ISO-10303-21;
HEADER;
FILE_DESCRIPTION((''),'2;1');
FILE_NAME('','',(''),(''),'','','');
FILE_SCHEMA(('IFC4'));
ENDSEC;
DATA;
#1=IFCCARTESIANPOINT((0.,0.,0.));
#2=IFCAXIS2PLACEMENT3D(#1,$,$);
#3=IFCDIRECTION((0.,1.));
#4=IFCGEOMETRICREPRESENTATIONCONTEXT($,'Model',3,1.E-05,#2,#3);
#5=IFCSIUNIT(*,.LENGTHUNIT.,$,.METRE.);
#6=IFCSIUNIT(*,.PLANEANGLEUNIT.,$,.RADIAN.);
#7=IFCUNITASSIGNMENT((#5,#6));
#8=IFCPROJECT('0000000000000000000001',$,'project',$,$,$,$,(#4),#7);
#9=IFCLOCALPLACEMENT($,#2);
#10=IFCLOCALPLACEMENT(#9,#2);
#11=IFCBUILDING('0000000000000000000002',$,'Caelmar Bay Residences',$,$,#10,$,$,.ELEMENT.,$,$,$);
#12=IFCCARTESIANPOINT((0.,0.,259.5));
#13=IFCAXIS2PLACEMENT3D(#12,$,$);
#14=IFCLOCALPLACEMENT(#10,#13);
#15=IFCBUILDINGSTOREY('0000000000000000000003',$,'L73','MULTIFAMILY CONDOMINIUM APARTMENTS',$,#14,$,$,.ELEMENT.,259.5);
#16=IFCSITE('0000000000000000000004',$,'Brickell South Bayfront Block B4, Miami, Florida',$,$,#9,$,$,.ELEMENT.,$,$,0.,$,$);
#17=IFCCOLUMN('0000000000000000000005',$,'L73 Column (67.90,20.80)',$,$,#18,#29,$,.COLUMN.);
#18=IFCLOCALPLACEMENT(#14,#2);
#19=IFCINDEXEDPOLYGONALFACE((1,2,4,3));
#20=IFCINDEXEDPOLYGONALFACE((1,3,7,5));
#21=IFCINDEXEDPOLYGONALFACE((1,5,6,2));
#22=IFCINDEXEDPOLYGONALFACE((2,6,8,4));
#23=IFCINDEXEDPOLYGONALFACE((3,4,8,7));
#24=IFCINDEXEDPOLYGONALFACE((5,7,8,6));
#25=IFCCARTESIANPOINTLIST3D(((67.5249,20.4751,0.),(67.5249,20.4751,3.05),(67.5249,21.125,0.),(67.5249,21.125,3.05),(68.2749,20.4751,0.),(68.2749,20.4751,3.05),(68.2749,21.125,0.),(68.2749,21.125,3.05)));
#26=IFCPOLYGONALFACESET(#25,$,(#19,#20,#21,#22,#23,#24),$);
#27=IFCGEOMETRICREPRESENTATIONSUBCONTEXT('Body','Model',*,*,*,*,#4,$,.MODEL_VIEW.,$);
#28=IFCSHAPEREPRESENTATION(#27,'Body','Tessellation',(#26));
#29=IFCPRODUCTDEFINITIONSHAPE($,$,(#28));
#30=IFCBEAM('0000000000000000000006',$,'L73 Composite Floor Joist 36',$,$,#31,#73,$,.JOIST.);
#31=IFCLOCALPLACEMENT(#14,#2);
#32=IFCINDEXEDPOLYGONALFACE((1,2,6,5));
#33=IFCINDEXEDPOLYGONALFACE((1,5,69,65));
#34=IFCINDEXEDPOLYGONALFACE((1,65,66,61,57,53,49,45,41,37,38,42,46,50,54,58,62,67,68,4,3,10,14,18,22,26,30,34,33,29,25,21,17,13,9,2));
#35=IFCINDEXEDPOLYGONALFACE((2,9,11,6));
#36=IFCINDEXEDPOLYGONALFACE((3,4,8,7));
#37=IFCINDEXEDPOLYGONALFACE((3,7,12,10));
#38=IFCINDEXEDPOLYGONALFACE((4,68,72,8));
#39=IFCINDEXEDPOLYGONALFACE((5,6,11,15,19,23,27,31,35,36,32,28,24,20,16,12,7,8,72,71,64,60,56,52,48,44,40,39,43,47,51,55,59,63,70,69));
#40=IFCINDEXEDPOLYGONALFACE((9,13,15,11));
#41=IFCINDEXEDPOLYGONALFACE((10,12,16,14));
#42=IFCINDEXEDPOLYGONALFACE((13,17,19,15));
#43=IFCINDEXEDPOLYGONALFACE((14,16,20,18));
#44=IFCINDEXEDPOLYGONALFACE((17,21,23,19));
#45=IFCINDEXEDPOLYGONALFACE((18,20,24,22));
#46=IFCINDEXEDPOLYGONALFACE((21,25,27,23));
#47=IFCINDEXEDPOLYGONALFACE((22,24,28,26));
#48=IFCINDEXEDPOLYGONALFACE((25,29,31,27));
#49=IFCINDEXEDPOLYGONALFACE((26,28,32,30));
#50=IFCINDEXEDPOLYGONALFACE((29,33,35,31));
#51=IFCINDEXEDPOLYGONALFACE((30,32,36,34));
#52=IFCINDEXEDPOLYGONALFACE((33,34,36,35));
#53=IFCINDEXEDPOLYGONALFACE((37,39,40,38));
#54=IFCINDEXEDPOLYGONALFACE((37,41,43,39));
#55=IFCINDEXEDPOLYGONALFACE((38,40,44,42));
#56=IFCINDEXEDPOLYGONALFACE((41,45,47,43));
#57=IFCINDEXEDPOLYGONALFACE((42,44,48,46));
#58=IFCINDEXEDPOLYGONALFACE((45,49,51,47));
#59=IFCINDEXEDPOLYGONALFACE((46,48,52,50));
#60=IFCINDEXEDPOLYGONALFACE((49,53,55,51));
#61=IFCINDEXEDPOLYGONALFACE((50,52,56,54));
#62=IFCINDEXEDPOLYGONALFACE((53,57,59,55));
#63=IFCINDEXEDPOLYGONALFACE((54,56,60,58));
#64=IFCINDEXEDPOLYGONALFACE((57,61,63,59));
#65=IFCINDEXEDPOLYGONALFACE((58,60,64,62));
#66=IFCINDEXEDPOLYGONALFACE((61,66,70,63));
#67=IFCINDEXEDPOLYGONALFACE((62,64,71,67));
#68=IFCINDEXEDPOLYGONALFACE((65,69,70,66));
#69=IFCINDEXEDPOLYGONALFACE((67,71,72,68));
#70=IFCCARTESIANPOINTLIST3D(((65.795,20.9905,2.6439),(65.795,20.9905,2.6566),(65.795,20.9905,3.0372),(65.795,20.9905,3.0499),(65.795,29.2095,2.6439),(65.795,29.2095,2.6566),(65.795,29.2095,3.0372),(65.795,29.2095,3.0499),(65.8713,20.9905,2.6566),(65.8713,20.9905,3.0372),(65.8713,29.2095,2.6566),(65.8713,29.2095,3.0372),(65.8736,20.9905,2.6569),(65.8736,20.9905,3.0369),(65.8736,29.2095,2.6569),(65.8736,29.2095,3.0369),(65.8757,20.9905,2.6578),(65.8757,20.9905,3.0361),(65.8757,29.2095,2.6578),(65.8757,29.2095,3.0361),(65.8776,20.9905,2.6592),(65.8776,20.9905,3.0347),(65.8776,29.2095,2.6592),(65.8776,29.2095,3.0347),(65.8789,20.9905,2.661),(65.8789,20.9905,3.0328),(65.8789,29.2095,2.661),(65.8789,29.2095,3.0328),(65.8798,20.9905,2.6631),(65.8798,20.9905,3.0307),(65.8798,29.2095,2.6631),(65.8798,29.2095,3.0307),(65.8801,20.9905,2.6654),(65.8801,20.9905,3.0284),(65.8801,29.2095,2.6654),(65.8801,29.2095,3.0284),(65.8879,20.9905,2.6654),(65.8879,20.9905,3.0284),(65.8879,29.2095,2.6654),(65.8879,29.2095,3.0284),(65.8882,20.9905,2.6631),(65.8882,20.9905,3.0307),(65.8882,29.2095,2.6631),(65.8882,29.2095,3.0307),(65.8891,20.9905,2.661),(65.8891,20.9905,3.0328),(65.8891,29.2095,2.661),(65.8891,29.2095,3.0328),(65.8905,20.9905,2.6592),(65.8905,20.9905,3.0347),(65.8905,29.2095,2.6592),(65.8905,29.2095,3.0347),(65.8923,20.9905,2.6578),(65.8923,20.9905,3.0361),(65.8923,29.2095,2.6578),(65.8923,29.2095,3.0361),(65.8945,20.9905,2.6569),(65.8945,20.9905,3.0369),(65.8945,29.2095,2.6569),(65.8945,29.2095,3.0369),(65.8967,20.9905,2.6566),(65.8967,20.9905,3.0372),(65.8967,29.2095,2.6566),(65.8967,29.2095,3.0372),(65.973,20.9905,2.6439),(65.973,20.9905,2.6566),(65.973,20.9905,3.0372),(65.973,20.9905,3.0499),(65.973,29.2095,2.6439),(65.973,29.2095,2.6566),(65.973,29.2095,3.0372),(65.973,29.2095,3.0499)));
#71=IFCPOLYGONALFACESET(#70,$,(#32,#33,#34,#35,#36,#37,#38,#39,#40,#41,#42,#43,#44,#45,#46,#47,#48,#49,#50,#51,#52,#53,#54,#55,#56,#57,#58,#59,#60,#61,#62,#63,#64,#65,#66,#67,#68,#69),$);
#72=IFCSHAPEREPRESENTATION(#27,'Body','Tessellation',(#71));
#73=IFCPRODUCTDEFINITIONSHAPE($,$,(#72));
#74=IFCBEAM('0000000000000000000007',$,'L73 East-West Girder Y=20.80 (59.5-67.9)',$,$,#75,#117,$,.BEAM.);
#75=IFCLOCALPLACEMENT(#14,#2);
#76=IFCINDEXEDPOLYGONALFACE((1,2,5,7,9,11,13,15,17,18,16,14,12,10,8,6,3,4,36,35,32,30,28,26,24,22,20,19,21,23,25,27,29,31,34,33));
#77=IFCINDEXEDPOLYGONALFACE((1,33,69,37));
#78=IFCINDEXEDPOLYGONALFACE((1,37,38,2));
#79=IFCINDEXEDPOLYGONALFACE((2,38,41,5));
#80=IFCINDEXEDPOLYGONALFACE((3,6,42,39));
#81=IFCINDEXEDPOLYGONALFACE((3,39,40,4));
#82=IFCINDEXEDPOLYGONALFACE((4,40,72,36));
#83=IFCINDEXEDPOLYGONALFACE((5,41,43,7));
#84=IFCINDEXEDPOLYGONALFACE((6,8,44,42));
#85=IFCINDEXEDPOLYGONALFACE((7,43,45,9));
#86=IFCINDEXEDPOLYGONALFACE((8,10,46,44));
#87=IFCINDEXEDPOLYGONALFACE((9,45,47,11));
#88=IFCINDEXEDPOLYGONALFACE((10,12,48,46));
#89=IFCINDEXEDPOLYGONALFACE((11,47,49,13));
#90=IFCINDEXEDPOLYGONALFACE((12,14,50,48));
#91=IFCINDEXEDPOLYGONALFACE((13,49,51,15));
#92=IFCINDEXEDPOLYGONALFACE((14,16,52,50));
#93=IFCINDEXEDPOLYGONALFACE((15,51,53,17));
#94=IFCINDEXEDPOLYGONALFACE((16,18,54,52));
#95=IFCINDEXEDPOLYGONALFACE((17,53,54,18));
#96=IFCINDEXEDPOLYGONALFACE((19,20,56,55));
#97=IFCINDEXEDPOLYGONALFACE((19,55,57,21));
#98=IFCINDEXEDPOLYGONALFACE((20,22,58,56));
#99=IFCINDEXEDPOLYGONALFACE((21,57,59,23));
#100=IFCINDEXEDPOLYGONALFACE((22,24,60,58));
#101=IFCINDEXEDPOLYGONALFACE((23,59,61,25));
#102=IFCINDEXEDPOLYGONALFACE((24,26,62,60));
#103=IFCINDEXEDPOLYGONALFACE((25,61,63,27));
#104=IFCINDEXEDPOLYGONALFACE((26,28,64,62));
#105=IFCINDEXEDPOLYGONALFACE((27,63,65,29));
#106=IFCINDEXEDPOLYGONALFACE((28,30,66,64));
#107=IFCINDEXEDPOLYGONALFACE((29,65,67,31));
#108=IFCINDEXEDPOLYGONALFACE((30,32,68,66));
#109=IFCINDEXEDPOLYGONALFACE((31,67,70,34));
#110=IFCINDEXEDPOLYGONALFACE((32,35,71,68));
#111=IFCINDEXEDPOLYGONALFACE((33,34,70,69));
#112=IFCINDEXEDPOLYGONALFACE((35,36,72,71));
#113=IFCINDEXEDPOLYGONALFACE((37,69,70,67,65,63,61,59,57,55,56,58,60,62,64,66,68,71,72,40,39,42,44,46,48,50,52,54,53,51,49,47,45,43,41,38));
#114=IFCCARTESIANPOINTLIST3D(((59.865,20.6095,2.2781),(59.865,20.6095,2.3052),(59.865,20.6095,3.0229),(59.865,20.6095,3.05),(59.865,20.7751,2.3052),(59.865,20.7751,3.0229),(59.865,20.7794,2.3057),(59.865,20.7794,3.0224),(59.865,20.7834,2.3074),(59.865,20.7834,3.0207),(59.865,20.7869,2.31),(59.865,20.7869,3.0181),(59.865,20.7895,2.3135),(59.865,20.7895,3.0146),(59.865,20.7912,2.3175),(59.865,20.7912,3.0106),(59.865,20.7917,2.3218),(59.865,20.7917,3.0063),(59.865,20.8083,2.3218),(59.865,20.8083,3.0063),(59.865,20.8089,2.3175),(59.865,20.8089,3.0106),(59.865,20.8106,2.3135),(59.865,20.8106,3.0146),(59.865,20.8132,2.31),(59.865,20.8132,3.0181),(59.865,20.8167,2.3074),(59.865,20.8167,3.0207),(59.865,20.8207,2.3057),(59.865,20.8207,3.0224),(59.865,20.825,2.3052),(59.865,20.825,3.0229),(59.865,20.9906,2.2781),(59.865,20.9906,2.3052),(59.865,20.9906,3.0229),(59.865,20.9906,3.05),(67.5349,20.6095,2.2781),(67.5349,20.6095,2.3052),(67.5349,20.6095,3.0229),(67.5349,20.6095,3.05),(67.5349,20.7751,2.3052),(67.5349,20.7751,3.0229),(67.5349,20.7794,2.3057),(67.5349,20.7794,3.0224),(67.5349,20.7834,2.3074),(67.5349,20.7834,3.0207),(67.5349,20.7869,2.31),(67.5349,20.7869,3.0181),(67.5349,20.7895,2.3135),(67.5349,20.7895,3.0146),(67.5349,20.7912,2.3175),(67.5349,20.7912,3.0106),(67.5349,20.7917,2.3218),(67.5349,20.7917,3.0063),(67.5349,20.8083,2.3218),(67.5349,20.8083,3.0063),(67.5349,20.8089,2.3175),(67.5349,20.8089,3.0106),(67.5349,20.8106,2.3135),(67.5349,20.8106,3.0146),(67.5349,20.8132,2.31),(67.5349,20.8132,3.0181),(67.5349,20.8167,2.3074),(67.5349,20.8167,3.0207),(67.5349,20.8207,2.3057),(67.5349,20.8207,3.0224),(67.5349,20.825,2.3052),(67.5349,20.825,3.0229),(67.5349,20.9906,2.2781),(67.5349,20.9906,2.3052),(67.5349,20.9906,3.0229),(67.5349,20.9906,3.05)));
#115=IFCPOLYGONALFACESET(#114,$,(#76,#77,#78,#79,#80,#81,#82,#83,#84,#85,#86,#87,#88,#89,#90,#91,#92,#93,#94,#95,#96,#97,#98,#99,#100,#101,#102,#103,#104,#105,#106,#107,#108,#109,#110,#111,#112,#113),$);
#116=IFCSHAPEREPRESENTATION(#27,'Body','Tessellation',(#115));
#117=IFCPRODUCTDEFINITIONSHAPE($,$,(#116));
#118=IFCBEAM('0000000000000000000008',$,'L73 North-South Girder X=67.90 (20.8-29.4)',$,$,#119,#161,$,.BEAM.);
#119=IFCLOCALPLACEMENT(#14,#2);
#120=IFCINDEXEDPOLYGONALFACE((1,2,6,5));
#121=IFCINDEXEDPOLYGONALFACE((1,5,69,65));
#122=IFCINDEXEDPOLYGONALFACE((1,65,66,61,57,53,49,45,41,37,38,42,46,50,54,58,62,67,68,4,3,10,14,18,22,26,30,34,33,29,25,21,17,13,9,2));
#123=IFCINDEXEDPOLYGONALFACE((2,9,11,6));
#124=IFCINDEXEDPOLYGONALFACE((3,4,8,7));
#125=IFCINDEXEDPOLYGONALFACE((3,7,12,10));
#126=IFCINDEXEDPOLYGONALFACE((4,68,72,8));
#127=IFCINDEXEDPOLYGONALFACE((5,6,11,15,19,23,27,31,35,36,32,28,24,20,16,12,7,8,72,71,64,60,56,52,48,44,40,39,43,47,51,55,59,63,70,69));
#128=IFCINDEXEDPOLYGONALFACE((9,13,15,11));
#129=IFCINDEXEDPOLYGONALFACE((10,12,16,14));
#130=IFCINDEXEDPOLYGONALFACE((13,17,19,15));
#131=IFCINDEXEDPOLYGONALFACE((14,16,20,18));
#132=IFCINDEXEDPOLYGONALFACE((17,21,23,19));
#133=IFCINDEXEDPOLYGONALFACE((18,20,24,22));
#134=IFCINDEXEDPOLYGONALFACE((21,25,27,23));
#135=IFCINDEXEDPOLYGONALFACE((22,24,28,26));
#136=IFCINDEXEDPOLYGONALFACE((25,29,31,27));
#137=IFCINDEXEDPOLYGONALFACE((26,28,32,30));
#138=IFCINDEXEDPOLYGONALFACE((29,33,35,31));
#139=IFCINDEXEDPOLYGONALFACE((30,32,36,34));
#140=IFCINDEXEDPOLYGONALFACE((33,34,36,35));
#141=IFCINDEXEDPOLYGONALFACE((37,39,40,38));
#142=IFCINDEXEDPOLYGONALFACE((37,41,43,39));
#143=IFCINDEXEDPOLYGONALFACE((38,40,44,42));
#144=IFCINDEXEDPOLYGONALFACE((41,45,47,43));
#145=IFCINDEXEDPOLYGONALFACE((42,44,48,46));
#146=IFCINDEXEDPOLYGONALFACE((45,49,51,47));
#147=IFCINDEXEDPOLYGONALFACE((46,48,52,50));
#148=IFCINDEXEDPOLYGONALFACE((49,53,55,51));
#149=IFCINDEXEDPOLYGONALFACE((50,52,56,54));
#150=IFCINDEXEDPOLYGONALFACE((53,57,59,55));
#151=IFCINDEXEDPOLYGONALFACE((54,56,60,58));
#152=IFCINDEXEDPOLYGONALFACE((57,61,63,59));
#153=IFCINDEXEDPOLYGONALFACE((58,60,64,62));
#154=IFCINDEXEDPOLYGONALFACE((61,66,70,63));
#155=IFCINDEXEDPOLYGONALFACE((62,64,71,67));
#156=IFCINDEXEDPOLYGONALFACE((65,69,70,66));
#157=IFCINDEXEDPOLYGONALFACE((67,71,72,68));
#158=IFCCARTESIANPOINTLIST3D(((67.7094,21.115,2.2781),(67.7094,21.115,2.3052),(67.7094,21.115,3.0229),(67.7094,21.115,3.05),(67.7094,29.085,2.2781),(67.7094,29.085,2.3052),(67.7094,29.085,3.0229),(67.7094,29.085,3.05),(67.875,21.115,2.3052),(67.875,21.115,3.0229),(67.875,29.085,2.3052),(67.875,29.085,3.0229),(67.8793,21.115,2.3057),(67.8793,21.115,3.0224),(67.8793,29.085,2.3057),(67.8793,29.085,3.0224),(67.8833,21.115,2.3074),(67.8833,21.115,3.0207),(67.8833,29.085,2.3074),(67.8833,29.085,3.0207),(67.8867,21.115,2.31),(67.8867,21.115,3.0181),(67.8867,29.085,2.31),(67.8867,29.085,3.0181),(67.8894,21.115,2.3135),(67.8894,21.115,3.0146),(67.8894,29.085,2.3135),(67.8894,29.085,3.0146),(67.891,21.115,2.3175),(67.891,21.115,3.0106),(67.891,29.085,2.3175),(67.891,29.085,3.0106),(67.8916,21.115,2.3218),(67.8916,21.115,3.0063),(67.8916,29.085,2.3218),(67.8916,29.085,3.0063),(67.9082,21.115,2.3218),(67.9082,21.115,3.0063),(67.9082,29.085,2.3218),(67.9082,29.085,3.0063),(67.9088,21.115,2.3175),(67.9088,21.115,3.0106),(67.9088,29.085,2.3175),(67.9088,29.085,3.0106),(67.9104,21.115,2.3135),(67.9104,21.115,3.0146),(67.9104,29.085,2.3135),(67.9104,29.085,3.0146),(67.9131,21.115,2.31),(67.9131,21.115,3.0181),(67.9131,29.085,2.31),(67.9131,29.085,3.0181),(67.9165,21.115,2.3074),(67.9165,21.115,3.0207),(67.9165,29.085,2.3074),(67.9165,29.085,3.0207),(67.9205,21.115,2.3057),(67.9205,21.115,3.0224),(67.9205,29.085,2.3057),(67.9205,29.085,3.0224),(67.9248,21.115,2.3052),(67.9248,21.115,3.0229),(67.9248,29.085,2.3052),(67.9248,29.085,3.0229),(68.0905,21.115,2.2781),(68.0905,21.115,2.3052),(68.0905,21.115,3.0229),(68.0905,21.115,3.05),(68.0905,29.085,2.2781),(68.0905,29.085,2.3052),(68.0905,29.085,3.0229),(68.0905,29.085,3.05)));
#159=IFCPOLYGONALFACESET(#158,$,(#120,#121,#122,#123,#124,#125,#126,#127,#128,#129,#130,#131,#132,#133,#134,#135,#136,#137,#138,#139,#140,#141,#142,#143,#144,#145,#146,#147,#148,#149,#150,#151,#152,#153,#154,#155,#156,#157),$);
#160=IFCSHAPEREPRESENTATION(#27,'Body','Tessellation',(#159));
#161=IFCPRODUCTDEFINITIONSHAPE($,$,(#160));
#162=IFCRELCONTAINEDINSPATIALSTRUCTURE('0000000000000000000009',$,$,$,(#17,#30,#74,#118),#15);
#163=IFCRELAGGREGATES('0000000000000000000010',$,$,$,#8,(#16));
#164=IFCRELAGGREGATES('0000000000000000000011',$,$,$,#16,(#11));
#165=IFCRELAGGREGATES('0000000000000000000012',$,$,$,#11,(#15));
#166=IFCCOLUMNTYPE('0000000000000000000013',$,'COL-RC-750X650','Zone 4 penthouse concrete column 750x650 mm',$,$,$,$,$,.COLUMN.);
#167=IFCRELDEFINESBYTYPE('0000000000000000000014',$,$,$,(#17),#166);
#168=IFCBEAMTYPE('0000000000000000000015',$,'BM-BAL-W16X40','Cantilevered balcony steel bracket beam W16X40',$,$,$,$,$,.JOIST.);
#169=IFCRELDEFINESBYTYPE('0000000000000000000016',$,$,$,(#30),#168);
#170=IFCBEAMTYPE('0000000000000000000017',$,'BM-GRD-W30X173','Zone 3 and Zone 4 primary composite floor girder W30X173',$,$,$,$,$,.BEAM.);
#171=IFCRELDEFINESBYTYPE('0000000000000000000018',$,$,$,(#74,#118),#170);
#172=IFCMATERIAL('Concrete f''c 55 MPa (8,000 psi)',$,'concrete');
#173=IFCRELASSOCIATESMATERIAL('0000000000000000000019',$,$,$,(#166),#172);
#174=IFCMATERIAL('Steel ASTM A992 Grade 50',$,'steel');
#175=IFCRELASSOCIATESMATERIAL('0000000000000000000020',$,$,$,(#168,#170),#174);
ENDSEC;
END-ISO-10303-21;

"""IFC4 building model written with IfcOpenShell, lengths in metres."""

from ifc_helpers import new_model, si_unit, direction, frame, origin, origin_2d, place, context, subcontext, project, spatial, rectangle, i_section, extrude, material, material_profile, profile_set, type_object, element, save


model = new_model("IFC4")

# Units and contexts
model_context = context("Model", 3, precision=1e-05, world=origin(), true_north=direction((0.0, 1.0)))
body_context = subcontext(model_context, "Body", "Model", "MODEL_VIEW")
ifc_project = project(units=[si_unit("LENGTHUNIT", "METRE"), si_unit("PLANEANGLEUNIT", "RADIAN")], contexts=[model_context])

# Site, building, storey
site_placement = place(None, origin())
site = spatial("IfcSite", under=ifc_project, at=site_placement, Name="Brickell South Bayfront Block B4, Miami, Florida", CompositionType="ELEMENT", RefElevation=0.0)
building_placement = place(site_placement, origin())
building = spatial("IfcBuilding", under=site, at=building_placement, Name="Caelmar Bay Residences", CompositionType="ELEMENT")
storey_placement = place(building_placement, frame((0.0, 0.0, 259.5)))
storey = spatial("IfcBuildingStorey", under=building, at=storey_placement, Name="L73", Description="MULTIFAMILY CONDOMINIUM APARTMENTS", CompositionType="ELEMENT", Elevation=259.5)

# Column
ifc_material_1 = material(Name="Concrete f'c 55 MPa (8,000 psi)", Category="concrete")
ifc_material_profile_1 = material_profile(ifc_material_1, rectangle(XDim=0.75, YDim=0.6499, at=origin_2d()), Name="RC-COL-750X650")
ifc_profile_set_1 = profile_set([ifc_material_profile_1], Name="Concrete f'c 55 MPa (8,000 psi)")
column_type = type_object("IfcColumnType", Name="COL-RC-750X650", Description="Zone 4 penthouse concrete column 750x650 mm", PredefinedType="COLUMN", material=ifc_profile_set_1)
column_placement = place(storey_placement, frame((67.8999, 20.8, 0.0), z_axis=(0.0, 0.0, 1.0), x_axis=(1.0, 0.0, 0.0)))
element("IfcColumn", 1, at=column_placement, inside=storey, type_object=column_type, Name="L73 Column (67.90,20.80)", PredefinedType="COLUMN", context=body_context, shape_type="SweptSolid", body=[
    extrude(rectangle(XDim=0.75, YDim=0.6499, at=origin_2d()), origin(), (0.0, 0.0, 1.0), 3.05),
])

# Beams
ifc_material_2 = material(Name="Steel ASTM A992 Grade 50", Category="steel")
ifc_material_profile_2 = material_profile(ifc_material_2, i_section(OverallWidth=0.178, OverallDepth=0.406, WebThickness=0.0078, FlangeThickness=0.0127, FilletRadius=0.0088, at=origin_2d()), Name="W16X40")
ifc_profile_set_2 = profile_set([ifc_material_profile_2], Name="Steel ASTM A992 Grade 50")
beam_type_1 = type_object("IfcBeamType", Name="BM-BAL-W16X40", Description="Cantilevered balcony steel bracket beam W16X40", PredefinedType="JOIST", material=ifc_profile_set_2)
beam_1_placement = place(storey_placement, frame((65.884, 20.9905, 2.8469), z_axis=(0.0, 1.0, 0.0), x_axis=(-1.0, 0.0, 0.0)))
element("IfcBeam", 2, at=beam_1_placement, inside=storey, type_object=beam_type_1, Name="L73 Composite Floor Joist 36", PredefinedType="JOIST", context=body_context, shape_type="SweptSolid", body=[
    extrude(i_section(OverallWidth=0.178, OverallDepth=0.406, WebThickness=0.0078, FlangeThickness=0.0127, FilletRadius=0.0088, at=origin_2d()), origin(), (0.0, 0.0, 1.0), 8.219),
])
ifc_material_profile_3 = material_profile(ifc_material_2, i_section(OverallWidth=0.3811, OverallDepth=0.772, WebThickness=0.0166, FlangeThickness=0.0271, FilletRadius=0.0166, at=origin_2d()), Name="W30X173")
ifc_profile_set_3 = profile_set([ifc_material_profile_3], Name="Steel ASTM A992 Grade 50")
beam_type_2 = type_object("IfcBeamType", Name="BM-GRD-W30X173", Description="Zone 3 and Zone 4 primary composite floor girder W30X173", PredefinedType="BEAM", material=ifc_profile_set_3)
beam_2_placement = place(storey_placement, frame((59.865, 20.8, 2.6641), z_axis=(1.0, 0.0, 0.0), x_axis=(0.0, 1.0, 0.0)))
element("IfcBeam", 3, at=beam_2_placement, inside=storey, type_object=beam_type_2, Name="L73 East-West Girder Y=20.80 (59.5-67.9)", PredefinedType="BEAM", context=body_context, shape_type="SweptSolid", body=[
    extrude(i_section(OverallWidth=0.3811, OverallDepth=0.772, WebThickness=0.0166, FlangeThickness=0.0271, FilletRadius=0.0166, at=origin_2d()), origin(), (0.0, 0.0, 1.0), 7.6699),
])
beam_3_placement = place(storey_placement, frame((67.8999, 21.115, 2.6641), z_axis=(0.0, 1.0, 0.0), x_axis=(-1.0, 0.0, 0.0)))
element("IfcBeam", 4, at=beam_3_placement, inside=storey, type_object=beam_type_2, Name="L73 North-South Girder X=67.90 (20.8-29.4)", PredefinedType="BEAM", context=body_context, shape_type="SweptSolid", body=[
    extrude(i_section(OverallWidth=0.3811, OverallDepth=0.772, WebThickness=0.0166, FlangeThickness=0.0271, FilletRadius=0.0166, at=origin_2d()), origin(), (0.0, 0.0, 1.0), 7.97),
])

save(model, "model.ifc")
